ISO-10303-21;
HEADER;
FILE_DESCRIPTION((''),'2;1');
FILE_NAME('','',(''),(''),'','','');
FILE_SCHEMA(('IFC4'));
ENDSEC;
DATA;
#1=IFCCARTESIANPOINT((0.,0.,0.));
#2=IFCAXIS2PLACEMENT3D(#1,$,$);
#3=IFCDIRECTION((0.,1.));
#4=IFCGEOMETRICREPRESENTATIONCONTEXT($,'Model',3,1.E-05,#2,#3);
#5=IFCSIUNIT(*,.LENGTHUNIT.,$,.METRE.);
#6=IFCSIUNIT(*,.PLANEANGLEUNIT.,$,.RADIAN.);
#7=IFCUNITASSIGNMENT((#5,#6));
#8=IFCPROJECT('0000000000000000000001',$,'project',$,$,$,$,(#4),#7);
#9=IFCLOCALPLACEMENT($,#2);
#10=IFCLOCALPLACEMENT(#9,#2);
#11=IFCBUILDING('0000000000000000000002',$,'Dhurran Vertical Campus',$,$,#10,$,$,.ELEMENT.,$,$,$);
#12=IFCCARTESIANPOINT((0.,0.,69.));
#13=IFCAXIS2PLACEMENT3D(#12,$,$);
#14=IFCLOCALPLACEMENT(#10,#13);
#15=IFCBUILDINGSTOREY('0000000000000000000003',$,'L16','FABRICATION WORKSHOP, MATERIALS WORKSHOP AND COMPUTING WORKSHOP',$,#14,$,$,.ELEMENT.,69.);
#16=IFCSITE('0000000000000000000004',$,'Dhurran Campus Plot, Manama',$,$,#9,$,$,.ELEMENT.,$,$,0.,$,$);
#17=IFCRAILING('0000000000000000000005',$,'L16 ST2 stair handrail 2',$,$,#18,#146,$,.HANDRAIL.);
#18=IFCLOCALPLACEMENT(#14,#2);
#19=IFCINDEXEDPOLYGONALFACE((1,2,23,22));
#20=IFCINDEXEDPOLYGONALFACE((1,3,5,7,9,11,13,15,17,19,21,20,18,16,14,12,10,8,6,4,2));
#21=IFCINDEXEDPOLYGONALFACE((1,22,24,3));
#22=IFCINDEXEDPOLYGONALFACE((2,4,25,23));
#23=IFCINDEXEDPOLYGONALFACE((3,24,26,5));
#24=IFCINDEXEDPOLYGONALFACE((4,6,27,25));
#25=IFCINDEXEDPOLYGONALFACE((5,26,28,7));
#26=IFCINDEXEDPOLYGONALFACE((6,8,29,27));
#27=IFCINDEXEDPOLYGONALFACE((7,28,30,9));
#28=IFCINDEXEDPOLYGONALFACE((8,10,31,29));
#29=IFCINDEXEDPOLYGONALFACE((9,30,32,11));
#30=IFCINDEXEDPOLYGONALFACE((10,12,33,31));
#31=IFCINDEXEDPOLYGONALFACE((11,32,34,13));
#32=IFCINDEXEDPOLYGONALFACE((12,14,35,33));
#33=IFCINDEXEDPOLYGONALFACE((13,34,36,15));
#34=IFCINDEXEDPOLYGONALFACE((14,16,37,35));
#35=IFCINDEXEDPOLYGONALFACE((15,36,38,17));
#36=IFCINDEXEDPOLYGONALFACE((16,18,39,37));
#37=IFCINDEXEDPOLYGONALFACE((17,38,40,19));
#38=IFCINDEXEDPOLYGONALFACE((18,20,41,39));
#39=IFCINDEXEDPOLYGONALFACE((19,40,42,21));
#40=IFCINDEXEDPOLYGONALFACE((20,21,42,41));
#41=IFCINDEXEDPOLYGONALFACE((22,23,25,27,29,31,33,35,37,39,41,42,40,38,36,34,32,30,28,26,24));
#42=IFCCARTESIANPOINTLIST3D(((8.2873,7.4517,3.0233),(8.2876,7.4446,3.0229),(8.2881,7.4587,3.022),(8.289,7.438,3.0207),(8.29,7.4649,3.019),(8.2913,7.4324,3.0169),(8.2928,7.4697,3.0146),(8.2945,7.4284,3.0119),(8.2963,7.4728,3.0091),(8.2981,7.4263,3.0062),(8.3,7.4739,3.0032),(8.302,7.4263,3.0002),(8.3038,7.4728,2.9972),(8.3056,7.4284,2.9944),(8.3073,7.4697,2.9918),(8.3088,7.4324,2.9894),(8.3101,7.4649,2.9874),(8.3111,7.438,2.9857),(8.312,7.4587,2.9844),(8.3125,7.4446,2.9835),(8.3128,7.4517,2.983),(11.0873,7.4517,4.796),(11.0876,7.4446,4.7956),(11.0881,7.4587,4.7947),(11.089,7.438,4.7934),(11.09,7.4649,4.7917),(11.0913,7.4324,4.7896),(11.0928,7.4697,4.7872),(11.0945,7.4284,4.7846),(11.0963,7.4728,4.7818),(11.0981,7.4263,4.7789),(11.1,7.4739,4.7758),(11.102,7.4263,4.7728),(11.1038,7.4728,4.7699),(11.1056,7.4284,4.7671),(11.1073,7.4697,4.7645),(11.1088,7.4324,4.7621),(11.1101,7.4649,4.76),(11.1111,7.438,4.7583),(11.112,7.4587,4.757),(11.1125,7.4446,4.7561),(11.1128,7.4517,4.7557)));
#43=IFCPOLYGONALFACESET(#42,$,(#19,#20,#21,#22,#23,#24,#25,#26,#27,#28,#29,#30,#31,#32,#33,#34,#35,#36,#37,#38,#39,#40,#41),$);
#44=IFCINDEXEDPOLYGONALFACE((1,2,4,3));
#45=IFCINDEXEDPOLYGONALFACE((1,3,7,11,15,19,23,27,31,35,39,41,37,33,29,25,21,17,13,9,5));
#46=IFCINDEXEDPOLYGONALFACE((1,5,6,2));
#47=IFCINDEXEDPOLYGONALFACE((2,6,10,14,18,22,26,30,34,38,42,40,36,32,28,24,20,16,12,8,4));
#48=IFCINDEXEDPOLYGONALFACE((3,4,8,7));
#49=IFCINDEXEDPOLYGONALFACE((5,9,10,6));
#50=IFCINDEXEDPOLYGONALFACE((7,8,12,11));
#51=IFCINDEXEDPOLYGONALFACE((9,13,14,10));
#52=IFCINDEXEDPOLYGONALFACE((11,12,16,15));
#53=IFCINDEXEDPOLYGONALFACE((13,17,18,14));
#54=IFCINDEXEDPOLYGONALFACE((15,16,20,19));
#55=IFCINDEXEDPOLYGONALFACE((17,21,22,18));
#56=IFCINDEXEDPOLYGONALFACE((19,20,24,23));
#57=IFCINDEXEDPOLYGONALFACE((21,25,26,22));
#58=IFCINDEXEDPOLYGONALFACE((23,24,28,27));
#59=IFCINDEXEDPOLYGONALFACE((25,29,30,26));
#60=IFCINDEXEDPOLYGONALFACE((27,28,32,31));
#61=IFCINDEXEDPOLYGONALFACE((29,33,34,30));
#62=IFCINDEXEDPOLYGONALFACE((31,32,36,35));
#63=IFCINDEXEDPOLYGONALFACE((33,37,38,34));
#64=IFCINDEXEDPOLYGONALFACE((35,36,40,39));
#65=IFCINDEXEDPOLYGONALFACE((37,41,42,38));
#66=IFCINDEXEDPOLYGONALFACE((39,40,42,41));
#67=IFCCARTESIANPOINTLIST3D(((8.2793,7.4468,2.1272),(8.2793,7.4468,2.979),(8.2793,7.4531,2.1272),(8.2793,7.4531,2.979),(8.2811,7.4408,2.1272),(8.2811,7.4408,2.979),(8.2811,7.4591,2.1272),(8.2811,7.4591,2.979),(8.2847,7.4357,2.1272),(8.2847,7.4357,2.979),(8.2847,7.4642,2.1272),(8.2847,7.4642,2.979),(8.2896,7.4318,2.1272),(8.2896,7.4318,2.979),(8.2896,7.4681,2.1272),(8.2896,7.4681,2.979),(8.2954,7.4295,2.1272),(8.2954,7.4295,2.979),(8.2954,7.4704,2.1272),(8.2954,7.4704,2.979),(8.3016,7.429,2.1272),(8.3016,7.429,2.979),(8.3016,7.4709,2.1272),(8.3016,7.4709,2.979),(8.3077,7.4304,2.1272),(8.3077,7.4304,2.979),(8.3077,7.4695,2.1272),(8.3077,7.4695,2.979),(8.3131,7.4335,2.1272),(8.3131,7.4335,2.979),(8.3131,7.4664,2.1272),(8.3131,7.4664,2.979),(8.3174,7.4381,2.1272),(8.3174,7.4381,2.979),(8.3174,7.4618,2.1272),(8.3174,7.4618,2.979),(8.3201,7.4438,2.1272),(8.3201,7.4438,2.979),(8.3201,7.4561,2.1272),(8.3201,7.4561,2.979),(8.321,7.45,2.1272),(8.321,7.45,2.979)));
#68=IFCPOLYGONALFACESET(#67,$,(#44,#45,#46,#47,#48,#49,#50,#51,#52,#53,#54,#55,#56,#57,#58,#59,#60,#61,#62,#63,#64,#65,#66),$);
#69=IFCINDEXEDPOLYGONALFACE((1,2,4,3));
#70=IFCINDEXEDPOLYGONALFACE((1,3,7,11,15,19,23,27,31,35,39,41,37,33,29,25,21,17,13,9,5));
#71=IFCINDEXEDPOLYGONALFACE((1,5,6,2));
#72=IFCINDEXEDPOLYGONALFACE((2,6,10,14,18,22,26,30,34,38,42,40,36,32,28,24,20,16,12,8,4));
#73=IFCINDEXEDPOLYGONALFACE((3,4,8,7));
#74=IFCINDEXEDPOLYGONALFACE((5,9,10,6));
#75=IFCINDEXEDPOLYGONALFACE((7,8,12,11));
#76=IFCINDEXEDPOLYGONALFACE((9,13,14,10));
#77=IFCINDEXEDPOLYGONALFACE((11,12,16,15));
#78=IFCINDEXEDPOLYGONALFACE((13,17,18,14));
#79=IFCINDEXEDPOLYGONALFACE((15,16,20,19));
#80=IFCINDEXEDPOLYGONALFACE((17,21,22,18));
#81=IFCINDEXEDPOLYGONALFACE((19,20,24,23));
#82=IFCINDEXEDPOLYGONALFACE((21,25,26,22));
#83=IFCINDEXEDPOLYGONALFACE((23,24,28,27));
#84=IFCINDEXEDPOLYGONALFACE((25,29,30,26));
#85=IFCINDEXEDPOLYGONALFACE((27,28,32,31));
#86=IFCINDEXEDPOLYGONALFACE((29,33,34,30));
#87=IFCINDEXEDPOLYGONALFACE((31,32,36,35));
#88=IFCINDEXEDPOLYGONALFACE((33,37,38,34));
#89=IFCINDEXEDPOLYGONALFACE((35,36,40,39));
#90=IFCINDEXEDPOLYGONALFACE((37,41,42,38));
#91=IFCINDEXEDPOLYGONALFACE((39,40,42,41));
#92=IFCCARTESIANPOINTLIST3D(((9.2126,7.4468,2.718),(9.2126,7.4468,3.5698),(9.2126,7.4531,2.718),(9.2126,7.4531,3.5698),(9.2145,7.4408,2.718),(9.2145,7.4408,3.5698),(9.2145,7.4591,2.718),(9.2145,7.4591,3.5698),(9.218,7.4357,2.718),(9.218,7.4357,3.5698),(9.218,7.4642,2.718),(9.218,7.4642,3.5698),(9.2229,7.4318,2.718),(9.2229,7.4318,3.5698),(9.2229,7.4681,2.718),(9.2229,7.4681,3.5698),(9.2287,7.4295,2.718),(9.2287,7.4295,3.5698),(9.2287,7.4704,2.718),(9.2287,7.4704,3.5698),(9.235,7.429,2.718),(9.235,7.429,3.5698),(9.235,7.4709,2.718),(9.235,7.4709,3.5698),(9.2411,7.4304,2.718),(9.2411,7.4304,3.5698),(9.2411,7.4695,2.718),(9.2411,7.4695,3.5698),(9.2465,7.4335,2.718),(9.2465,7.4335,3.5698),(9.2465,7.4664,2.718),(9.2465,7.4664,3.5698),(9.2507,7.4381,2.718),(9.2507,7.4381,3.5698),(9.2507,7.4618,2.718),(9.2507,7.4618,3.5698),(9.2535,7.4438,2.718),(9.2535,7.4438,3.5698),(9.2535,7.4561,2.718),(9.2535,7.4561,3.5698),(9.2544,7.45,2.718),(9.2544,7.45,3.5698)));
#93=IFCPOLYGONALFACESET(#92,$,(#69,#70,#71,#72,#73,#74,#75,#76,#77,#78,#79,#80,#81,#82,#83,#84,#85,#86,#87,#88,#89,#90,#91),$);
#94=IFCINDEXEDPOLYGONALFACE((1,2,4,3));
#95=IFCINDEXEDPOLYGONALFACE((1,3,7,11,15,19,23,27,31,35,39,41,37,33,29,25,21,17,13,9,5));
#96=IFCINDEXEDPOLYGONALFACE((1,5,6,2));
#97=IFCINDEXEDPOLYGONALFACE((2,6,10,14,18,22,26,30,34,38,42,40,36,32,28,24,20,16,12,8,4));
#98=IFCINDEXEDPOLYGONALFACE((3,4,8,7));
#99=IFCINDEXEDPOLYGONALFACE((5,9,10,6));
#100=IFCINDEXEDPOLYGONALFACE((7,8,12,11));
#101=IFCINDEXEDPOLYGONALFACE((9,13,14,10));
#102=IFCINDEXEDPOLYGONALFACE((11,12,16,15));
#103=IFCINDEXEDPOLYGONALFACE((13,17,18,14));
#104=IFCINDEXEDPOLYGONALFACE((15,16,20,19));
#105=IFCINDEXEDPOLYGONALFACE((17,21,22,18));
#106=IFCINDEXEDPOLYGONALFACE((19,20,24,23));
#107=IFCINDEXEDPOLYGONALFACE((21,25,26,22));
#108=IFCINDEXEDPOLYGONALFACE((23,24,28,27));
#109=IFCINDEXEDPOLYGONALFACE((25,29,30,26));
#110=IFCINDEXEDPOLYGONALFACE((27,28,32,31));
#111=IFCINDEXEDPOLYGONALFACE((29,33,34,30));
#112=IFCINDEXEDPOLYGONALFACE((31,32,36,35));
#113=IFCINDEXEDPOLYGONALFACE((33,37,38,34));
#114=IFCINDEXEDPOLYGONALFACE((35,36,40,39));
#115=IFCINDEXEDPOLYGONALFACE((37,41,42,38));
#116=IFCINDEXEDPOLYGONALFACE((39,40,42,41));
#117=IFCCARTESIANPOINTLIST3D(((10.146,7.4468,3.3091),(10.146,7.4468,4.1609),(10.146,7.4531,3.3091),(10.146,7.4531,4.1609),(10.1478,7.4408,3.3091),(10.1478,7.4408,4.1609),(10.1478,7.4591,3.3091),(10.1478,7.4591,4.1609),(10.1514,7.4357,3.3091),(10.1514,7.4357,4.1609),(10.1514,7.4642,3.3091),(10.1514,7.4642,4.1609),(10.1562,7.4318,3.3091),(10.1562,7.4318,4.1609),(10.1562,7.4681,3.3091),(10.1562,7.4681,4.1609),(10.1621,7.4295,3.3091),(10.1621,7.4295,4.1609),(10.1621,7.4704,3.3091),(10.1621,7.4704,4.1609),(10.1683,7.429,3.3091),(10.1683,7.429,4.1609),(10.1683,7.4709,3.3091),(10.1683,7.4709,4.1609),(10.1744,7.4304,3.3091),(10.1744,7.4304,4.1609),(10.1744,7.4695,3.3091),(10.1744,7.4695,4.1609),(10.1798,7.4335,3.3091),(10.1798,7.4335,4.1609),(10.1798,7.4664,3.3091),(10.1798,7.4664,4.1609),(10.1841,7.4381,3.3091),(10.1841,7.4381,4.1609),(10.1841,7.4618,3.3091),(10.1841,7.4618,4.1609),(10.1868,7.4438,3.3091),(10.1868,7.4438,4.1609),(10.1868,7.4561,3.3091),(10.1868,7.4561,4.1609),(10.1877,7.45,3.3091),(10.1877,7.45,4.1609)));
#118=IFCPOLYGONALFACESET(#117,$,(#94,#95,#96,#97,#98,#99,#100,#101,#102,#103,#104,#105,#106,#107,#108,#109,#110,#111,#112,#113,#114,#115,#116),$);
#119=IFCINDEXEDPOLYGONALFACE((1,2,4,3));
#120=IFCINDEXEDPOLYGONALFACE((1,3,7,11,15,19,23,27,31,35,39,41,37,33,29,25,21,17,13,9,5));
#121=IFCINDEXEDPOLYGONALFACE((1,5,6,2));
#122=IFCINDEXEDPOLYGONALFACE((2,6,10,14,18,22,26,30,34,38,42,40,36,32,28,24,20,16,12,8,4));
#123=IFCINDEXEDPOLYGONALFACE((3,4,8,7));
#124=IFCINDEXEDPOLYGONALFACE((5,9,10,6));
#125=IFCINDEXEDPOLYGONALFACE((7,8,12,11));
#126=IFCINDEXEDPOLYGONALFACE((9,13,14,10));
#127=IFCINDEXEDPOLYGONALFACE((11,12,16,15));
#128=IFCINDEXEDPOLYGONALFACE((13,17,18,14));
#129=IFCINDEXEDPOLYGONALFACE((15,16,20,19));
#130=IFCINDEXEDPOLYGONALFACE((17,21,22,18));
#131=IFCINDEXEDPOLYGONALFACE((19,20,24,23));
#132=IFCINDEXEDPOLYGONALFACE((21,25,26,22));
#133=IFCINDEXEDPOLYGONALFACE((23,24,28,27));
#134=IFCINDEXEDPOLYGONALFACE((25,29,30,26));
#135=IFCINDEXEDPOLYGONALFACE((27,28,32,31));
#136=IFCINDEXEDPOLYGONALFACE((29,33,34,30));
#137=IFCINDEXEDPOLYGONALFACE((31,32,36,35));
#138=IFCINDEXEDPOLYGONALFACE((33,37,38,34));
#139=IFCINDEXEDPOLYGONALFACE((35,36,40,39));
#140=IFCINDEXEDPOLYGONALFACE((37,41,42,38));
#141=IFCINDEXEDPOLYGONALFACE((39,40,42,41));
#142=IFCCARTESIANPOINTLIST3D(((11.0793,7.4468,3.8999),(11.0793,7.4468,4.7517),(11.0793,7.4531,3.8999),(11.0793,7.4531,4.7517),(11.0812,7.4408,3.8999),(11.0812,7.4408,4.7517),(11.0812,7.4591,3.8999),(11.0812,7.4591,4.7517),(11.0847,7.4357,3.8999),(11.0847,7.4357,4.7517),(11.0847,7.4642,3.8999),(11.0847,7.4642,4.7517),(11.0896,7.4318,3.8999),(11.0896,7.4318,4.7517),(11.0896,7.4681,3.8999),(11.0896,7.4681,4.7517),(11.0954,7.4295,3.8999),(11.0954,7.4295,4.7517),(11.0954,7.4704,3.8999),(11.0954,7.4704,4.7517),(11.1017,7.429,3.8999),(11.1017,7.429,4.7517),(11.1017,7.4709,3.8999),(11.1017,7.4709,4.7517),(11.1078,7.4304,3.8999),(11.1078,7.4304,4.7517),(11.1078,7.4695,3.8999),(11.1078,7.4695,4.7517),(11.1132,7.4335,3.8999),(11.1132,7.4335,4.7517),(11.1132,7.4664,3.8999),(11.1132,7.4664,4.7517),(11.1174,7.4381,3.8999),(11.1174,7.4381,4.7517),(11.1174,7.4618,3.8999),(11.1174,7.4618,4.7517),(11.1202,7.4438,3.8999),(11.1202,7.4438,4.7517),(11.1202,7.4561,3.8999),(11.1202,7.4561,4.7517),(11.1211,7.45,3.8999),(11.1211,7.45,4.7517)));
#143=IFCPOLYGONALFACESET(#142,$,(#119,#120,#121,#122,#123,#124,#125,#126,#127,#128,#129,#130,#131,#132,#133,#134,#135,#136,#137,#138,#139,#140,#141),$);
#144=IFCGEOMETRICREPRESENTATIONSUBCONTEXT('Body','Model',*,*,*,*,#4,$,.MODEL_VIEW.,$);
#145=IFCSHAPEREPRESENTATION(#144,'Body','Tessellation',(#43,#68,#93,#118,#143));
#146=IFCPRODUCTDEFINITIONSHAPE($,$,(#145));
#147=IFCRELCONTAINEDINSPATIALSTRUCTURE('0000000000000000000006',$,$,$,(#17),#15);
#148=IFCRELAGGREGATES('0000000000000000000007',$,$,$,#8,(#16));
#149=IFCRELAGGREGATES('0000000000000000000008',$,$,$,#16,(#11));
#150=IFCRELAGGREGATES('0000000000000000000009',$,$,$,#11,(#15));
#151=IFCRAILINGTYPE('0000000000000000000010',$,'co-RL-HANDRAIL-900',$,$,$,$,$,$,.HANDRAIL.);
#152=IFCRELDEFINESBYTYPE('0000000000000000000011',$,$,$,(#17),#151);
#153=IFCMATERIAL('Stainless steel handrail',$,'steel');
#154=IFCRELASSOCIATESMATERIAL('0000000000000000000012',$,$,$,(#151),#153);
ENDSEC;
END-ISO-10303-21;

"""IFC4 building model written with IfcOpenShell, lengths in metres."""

from ifc_helpers import new_model, si_unit, direction, frame, origin, origin_2d, place, context, subcontext, project, spatial, circle, extrude, material, type_object, element, save


model = new_model("IFC4")

# Units and contexts
model_context = context("Model", 3, precision=1e-05, world=origin(), true_north=direction((0.0, 1.0)))
body_context = subcontext(model_context, "Body", "Model", "MODEL_VIEW")
ifc_project = project(units=[si_unit("LENGTHUNIT", "METRE"), si_unit("PLANEANGLEUNIT", "RADIAN")], contexts=[model_context])

# Site, building, storey
site_placement = place(None, origin())
site = spatial("IfcSite", under=ifc_project, at=site_placement, Name="Dhurran Campus Plot, Manama", CompositionType="ELEMENT", RefElevation=0.0)
building_placement = place(site_placement, origin())
building = spatial("IfcBuilding", under=site, at=building_placement, Name="Dhurran Vertical Campus", CompositionType="ELEMENT")
storey_placement = place(building_placement, frame((0.0, 0.0, 69.0)))
storey = spatial("IfcBuildingStorey", under=building, at=storey_placement, Name="L16", Description="FABRICATION WORKSHOP, MATERIALS WORKSHOP AND COMPUTING WORKSHOP", CompositionType="ELEMENT", Elevation=69.0)

# Railing
ifc_material_1 = material(Name="Stainless steel handrail", Category="steel")
railing_type_1 = type_object("IfcRailingType", Name="co-RL-HANDRAIL-900", PredefinedType="HANDRAIL", material=ifc_material_1)
railing_1_placement = place(storey_placement, frame((8.3, 7.45, 2.1272)))
element("IfcRailing", 1, at=railing_1_placement, inside=storey, type_object=railing_type_1, Name="L16 ST2 stair handrail 2", PredefinedType="HANDRAIL", context=body_context, shape_type="SweptSolid", body=[
    extrude(circle(Radius=0.0239, at=origin_2d()), frame((0.0, 0.0, 0.876), z_axis=(0.844909, 0.0, 0.53491), x_axis=(0.0, 1.0, 0.0)), (0.0, 0.0, 1.0), 3.314),
    extrude(circle(Radius=0.021, at=origin_2d()), origin(), (0.0, 0.0, 1.0), 0.8518),
    extrude(circle(Radius=0.021, at=origin_2d()), frame((0.9333, 0.0, 0.5908)), (0.0, 0.0, 1.0), 0.8518),
    extrude(circle(Radius=0.021, at=origin_2d()), frame((1.8667, 0.0, 1.1819)), (0.0, 0.0, 1.0), 0.8518),
    extrude(circle(Radius=0.021, at=origin_2d()), frame((2.8, 0.0, 1.7727)), (0.0, 0.0, 1.0), 0.8518),
])

save(model, "model.ifc")
